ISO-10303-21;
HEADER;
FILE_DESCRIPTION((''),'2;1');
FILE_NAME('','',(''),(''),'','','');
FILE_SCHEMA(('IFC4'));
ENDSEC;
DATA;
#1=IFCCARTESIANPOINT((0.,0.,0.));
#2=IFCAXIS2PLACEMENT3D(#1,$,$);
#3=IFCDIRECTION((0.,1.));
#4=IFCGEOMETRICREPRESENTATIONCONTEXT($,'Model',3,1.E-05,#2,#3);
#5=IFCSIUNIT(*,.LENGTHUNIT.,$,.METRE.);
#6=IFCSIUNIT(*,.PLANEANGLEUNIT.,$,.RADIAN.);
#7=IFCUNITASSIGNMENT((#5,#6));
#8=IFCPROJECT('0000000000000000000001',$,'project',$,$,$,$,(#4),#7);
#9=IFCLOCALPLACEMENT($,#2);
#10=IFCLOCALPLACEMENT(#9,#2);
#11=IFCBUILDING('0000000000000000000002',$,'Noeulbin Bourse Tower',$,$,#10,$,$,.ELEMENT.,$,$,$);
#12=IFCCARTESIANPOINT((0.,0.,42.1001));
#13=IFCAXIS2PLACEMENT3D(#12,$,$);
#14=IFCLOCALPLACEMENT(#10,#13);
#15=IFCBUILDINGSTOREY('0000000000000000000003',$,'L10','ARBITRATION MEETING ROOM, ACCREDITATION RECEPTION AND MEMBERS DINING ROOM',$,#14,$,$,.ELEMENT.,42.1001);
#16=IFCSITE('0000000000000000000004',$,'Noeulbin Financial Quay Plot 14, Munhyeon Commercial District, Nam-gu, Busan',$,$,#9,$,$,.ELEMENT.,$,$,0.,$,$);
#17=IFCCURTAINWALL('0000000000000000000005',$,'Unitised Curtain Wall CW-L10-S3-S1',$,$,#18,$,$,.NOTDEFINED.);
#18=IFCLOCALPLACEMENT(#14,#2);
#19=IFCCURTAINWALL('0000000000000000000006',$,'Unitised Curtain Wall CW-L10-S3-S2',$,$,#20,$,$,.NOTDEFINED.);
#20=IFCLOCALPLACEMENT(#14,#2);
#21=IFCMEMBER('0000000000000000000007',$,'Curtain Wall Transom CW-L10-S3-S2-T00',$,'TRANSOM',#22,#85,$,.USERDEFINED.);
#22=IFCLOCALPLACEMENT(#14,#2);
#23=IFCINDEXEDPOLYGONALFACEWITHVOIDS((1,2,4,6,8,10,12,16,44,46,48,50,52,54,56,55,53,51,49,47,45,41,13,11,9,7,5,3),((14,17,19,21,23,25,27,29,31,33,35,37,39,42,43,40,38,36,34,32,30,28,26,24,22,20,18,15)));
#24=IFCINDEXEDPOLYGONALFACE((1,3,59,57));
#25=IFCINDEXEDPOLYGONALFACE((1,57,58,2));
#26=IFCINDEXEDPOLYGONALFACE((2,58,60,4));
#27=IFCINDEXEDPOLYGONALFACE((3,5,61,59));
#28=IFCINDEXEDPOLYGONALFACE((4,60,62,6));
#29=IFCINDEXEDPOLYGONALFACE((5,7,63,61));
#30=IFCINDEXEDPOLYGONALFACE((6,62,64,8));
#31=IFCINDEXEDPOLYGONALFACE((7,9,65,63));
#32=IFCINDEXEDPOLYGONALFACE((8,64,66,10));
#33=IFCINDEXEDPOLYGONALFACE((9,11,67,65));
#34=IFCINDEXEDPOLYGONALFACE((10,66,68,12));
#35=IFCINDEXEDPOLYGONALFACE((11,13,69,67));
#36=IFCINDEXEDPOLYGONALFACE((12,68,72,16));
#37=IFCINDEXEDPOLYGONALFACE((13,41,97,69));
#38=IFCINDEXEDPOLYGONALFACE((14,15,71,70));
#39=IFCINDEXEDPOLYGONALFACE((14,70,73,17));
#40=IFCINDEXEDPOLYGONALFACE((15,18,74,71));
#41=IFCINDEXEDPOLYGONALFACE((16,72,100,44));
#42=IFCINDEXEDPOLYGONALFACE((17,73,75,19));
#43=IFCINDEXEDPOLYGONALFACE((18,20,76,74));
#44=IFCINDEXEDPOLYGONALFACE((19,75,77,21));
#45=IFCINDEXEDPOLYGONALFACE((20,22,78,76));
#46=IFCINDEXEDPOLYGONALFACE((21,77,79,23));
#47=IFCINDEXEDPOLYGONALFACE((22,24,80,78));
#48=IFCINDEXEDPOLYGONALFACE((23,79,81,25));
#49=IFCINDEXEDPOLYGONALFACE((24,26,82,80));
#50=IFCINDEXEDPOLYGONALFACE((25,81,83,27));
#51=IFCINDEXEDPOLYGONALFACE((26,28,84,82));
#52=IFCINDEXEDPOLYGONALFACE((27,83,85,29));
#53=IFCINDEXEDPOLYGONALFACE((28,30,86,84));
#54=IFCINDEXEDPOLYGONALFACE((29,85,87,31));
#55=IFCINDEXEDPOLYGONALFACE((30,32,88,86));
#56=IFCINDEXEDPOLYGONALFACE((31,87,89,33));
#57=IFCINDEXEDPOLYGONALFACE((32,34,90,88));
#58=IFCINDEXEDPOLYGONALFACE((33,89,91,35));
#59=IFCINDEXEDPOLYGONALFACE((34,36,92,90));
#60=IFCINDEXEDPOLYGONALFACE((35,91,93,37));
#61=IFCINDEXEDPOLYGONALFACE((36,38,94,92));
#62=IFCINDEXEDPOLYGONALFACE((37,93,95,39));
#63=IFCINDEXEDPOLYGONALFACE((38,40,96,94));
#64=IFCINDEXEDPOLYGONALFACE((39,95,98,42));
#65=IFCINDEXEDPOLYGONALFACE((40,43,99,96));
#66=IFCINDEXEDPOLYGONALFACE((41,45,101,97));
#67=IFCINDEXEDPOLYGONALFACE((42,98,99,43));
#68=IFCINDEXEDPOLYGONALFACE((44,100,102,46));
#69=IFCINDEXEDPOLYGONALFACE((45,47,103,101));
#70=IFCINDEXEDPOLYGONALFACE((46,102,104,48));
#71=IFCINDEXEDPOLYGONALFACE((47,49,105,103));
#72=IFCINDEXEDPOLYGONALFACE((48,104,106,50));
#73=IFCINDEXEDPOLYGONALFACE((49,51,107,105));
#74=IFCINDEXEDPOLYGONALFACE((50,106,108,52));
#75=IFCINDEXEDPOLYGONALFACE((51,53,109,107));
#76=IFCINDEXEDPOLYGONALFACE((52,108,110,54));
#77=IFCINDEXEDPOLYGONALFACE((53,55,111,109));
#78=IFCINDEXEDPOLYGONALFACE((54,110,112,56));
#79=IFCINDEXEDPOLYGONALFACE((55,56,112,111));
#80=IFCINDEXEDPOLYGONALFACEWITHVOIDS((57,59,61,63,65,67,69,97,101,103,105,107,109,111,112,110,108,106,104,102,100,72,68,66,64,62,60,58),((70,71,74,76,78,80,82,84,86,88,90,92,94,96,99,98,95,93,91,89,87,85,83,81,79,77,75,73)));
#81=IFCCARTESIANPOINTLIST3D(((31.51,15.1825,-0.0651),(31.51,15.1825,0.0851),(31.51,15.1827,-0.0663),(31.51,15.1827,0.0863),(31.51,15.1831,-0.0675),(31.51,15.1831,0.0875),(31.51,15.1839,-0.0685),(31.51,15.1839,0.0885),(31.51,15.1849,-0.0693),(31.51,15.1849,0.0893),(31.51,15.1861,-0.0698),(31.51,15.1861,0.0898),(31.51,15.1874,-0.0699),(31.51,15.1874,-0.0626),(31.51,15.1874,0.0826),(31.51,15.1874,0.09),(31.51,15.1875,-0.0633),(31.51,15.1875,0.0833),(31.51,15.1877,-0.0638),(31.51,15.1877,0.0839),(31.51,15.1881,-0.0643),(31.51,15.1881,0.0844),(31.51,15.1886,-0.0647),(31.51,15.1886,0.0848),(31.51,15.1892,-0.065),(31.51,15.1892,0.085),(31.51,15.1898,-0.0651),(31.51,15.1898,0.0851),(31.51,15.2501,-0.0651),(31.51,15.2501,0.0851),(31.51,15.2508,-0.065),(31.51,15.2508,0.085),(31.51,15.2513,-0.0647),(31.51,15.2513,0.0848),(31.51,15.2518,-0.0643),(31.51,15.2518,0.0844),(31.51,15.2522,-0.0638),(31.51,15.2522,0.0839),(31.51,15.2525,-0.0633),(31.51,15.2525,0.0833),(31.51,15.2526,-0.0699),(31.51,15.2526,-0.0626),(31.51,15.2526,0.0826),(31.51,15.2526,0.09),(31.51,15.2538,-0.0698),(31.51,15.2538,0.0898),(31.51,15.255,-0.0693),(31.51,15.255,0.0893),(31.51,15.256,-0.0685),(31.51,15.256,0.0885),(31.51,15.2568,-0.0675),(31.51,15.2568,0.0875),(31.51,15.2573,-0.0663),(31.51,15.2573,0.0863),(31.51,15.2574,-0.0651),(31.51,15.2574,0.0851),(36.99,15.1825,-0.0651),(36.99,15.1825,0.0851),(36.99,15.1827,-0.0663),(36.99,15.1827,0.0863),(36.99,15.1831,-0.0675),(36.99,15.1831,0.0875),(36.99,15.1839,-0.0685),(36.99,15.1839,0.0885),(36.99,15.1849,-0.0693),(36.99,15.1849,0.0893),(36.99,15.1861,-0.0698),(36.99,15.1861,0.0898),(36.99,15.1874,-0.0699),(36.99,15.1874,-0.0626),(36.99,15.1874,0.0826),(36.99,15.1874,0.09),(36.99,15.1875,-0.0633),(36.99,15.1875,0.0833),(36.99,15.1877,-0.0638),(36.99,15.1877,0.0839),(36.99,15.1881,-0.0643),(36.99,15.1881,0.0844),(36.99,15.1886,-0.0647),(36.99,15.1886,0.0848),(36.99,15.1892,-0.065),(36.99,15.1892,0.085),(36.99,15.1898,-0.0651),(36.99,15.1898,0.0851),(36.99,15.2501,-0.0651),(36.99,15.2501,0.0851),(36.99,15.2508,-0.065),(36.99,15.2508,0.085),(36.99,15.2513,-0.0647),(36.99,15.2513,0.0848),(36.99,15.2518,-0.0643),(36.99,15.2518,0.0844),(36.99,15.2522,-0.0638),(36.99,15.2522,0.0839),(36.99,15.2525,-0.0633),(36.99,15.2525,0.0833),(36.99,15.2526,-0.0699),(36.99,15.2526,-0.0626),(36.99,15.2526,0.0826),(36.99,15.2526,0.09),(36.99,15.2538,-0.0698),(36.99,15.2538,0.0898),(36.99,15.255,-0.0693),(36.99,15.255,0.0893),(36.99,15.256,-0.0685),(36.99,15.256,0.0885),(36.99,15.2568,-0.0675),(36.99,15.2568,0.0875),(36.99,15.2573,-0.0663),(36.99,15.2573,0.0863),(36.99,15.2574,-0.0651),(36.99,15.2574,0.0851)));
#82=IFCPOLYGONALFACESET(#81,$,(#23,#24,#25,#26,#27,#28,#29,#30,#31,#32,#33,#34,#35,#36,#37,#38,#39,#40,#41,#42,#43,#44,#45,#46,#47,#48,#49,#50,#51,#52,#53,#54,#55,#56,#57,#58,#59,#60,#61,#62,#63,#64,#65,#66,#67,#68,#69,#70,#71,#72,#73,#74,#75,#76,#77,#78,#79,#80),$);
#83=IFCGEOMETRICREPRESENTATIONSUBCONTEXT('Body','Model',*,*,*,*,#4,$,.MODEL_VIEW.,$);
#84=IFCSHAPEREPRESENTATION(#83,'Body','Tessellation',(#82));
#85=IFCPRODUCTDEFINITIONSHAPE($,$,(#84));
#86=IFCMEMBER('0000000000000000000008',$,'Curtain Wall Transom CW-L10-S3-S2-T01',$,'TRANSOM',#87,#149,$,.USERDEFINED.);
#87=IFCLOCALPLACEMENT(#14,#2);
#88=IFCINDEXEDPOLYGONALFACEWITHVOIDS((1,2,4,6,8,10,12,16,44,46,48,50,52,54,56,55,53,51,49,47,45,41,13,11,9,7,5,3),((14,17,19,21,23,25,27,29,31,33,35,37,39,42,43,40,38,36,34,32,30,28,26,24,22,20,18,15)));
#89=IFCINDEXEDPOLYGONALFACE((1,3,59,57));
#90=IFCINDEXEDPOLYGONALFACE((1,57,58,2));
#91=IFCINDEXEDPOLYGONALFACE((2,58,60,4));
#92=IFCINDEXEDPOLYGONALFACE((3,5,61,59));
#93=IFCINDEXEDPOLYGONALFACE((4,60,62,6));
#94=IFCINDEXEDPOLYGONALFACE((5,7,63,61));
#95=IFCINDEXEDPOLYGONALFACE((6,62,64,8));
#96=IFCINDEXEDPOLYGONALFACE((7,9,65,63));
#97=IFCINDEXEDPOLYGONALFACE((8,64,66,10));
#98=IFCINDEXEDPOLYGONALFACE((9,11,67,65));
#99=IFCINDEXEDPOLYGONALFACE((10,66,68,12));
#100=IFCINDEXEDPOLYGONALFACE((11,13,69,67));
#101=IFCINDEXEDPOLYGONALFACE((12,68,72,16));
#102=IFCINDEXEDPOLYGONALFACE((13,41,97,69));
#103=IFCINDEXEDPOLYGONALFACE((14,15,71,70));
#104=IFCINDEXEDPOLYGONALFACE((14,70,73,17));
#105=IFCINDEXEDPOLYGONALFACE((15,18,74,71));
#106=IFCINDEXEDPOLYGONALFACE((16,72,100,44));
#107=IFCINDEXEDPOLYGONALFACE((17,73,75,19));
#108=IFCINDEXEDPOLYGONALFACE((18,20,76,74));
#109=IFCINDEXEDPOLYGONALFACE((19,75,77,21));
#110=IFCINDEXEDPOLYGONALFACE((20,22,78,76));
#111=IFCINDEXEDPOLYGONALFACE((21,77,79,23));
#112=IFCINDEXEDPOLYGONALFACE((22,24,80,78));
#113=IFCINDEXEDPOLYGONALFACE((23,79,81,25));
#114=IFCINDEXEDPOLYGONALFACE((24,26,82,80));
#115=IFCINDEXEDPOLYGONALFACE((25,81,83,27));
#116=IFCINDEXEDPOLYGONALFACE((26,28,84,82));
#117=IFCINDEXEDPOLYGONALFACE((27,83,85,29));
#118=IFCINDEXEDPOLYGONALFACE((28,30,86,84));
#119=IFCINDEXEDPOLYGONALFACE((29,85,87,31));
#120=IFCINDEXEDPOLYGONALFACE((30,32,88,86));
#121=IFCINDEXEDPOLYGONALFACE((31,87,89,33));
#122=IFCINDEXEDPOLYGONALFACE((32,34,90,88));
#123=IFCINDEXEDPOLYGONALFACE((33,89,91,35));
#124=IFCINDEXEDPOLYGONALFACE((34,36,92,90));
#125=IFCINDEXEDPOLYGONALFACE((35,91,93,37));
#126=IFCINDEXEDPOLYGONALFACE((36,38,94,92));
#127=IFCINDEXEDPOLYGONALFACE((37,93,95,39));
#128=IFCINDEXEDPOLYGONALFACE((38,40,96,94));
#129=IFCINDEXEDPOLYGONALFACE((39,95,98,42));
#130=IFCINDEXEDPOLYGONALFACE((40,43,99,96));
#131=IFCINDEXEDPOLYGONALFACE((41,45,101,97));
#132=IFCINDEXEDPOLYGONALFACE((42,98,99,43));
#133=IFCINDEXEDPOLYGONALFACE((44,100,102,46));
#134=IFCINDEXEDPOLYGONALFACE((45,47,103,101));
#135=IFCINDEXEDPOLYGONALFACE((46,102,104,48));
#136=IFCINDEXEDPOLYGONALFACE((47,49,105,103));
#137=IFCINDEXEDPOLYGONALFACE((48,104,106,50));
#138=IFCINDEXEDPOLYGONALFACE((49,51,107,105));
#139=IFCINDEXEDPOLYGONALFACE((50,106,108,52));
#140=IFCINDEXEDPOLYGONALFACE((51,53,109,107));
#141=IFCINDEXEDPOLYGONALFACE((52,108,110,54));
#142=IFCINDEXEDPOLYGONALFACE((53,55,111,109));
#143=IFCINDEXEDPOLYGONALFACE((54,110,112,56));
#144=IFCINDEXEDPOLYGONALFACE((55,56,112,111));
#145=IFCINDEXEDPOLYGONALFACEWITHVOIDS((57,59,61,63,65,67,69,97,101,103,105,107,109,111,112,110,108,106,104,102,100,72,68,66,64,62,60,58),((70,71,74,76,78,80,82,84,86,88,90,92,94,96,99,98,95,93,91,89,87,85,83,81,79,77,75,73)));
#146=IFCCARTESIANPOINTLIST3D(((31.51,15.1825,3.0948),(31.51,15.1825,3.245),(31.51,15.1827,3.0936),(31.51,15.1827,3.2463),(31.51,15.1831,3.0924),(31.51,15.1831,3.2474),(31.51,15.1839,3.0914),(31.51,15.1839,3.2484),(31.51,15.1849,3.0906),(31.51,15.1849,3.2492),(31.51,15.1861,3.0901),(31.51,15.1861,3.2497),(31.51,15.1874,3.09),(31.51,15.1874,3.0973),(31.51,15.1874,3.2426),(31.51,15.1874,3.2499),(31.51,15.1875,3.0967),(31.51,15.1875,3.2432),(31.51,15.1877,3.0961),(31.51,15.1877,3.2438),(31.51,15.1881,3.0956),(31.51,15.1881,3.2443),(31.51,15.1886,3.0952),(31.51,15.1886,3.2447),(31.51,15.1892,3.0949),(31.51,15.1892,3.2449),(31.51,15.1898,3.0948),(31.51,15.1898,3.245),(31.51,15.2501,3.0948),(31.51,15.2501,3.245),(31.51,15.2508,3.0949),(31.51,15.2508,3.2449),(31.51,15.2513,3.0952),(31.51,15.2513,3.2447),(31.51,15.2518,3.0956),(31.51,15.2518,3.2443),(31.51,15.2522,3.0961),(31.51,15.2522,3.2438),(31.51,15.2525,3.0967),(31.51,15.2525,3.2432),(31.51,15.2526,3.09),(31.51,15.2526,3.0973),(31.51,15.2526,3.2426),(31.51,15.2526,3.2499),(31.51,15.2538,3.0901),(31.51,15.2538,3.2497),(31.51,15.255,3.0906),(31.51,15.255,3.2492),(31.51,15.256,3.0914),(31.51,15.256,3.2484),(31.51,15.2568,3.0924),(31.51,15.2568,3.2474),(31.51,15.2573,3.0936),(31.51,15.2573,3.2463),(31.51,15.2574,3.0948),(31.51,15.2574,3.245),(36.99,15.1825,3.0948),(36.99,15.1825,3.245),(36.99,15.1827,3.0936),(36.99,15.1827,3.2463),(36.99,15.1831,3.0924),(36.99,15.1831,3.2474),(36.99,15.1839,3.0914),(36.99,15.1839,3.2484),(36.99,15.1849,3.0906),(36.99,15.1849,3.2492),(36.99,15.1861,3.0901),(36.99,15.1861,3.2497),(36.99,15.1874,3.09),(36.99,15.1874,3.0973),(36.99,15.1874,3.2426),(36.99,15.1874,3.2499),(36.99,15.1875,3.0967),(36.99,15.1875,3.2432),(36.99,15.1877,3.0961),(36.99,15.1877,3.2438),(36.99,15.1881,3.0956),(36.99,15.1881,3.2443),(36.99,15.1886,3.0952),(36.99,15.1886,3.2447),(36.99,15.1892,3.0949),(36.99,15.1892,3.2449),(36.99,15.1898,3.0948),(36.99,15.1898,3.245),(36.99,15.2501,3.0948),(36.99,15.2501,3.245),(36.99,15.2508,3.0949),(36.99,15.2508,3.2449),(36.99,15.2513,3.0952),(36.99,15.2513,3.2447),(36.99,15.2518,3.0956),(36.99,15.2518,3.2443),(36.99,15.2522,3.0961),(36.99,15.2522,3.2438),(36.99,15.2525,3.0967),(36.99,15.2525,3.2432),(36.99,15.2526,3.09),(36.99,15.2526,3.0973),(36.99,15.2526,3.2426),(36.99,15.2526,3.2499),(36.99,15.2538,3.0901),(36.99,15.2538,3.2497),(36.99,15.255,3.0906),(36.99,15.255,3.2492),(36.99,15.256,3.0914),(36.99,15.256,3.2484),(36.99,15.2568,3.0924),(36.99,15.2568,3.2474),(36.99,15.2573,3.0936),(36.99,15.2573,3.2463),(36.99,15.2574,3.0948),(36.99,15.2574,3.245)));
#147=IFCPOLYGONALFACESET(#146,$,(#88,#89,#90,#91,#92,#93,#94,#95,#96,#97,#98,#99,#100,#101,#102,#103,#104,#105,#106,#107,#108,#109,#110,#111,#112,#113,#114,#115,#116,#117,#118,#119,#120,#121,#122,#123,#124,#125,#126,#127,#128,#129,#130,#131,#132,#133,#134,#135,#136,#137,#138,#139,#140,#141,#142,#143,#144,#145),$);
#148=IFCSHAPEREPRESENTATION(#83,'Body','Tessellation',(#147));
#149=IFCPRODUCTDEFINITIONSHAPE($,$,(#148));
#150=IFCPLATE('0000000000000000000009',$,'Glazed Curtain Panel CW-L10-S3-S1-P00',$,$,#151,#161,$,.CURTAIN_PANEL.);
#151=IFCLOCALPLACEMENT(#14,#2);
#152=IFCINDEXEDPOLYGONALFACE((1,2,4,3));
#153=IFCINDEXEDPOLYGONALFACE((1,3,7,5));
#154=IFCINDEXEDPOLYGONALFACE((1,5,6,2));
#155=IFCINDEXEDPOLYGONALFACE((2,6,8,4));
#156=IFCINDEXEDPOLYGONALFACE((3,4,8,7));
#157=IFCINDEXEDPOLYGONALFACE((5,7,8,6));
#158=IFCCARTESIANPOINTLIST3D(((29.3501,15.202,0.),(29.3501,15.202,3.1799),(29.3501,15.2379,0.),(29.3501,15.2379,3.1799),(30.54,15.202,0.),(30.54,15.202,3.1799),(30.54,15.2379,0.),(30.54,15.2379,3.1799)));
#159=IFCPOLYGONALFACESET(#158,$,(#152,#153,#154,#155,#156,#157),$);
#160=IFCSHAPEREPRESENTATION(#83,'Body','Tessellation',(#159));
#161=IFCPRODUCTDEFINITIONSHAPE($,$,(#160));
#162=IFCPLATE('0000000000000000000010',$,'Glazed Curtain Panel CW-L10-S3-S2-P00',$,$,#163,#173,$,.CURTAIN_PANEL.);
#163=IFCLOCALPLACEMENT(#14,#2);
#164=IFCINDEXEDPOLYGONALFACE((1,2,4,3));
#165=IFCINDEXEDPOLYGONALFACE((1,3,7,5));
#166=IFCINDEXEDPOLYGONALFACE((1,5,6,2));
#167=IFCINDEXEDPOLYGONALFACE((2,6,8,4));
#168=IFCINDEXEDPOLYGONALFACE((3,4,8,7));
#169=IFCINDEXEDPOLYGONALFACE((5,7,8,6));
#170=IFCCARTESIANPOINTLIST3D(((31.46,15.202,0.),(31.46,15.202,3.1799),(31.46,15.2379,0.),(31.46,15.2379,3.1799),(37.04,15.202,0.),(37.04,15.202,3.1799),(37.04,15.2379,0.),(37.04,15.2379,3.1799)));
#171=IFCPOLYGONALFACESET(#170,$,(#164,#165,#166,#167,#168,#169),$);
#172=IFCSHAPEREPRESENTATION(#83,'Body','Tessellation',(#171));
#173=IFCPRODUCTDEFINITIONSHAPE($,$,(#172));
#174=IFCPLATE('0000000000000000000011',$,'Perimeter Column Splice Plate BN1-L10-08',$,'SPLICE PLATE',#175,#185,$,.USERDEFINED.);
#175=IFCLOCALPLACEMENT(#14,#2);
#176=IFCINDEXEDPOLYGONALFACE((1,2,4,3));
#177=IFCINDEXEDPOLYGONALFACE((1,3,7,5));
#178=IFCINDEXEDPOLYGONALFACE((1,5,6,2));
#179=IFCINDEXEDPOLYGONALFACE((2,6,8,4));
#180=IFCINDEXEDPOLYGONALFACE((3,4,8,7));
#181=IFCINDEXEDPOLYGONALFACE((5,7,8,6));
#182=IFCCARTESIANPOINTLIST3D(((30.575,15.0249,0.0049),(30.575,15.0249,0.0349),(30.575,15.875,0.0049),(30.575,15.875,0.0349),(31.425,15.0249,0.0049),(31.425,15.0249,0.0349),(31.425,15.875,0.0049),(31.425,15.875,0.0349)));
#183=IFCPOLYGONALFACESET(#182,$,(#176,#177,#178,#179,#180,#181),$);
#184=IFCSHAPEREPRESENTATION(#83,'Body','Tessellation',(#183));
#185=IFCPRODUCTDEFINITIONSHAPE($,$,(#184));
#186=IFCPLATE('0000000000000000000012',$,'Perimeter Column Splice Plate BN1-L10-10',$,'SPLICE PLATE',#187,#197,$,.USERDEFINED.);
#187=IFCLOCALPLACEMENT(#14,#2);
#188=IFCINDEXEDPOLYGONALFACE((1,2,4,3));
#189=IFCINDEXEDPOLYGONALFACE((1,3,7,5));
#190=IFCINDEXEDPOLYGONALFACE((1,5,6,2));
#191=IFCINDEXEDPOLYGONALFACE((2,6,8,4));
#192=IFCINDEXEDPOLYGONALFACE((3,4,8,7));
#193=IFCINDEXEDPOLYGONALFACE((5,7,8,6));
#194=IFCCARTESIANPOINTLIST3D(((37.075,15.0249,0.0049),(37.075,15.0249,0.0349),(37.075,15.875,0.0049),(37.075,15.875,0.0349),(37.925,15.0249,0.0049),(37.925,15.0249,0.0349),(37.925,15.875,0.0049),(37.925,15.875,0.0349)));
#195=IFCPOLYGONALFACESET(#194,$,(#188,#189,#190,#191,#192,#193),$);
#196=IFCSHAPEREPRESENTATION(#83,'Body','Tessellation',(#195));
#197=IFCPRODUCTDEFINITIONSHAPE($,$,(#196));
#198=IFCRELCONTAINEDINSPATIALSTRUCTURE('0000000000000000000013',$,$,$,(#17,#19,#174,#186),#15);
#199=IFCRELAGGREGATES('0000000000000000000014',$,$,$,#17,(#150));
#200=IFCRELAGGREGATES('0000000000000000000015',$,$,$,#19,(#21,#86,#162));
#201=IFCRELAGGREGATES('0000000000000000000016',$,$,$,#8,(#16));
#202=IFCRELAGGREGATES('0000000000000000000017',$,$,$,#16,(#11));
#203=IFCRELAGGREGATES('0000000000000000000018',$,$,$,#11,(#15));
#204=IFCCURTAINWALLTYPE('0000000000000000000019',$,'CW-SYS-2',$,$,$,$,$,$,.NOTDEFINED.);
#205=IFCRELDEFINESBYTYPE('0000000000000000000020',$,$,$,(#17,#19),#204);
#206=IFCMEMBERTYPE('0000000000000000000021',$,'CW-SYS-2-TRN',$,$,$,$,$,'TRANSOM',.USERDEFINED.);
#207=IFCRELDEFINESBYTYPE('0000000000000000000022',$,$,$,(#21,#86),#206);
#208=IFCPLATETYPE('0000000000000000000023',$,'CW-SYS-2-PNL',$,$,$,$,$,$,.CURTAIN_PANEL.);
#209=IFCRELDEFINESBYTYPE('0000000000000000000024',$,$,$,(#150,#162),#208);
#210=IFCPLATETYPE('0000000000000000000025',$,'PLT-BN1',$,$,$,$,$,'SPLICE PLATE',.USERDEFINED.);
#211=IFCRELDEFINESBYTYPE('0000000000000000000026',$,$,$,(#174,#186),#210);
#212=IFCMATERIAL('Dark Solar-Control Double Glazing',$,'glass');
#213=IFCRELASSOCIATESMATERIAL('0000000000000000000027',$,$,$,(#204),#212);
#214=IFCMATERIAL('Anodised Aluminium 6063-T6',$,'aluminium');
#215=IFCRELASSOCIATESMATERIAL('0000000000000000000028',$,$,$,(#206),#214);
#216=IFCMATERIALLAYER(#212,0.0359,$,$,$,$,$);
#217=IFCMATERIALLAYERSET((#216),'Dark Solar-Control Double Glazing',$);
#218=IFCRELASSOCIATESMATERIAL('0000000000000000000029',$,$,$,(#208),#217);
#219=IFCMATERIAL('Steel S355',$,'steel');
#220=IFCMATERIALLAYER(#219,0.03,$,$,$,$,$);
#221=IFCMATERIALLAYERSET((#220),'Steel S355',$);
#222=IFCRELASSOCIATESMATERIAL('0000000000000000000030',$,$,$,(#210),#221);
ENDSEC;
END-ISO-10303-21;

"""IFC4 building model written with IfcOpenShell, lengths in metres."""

from ifc_helpers import new_model, si_unit, direction, frame, origin, origin_2d, place, context, subcontext, project, spatial, rectangle, hollow_rectangle, extrude, material, layer, layer_set, material_profile, profile_set, type_object, element, aggregate, save


model = new_model("IFC4")

# Units and contexts
model_context = context("Model", 3, precision=1e-05, world=origin(), true_north=direction((0.0, 1.0)))
body_context = subcontext(model_context, "Body", "Model", "MODEL_VIEW")
ifc_project = project(units=[si_unit("LENGTHUNIT", "METRE"), si_unit("PLANEANGLEUNIT", "RADIAN")], contexts=[model_context])

# Site, building, storey
site_placement = place(None, origin())
site = spatial("IfcSite", under=ifc_project, at=site_placement, Name="Noeulbin Financial Quay Plot 14, Munhyeon Commercial District, Nam-gu, Busan", CompositionType="ELEMENT", RefElevation=0.0)
building_placement = place(site_placement, origin())
building = spatial("IfcBuilding", under=site, at=building_placement, Name="Noeulbin Bourse Tower", CompositionType="ELEMENT")
storey_placement = place(building_placement, frame((0.0, 0.0, 42.1001)))
storey = spatial("IfcBuildingStorey", under=building, at=storey_placement, Name="L10", Description="ARBITRATION MEETING ROOM, ACCREDITATION RECEPTION AND MEMBERS DINING ROOM", CompositionType="ELEMENT", Elevation=42.1001)

# Shared definitions
ifc_material_1 = material(Name="Steel S355", Category="steel")

# Curtain walls
ifc_material_2 = material(Name="Dark Solar-Control Double Glazing", Category="glass")
curtain_wall_type = type_object("IfcCurtainWallType", Name="CW-SYS-2", PredefinedType="NOTDEFINED", material=ifc_material_2)
curtain_wall_1_placement = place(storey_placement, origin())
curtain_wall_1 = element("IfcCurtainWall", 1, at=curtain_wall_1_placement, inside=storey, type_object=curtain_wall_type, Name="Unitised Curtain Wall CW-L10-S3-S1", PredefinedType="NOTDEFINED")
ifc_material_3 = material(Name="Anodised Aluminium 6063-T6", Category="aluminium")
curtain_wall_2_placement = place(storey_placement, origin())
curtain_wall_2 = element("IfcCurtainWall", 2, at=curtain_wall_2_placement, inside=storey, type_object=curtain_wall_type, Name="Unitised Curtain Wall CW-L10-S3-S2", PredefinedType="NOTDEFINED")

# Members
ifc_material_profile_1 = material_profile(ifc_material_3, hollow_rectangle(XDim=0.075, YDim=0.1599, WallThickness=0.0049, InnerFilletRadius=0.0024, OuterFilletRadius=0.0049, at=origin_2d()), Name="ALU-TRAN-75x160x5", Category="LoadBearing")
ifc_profile_set_1 = profile_set([ifc_material_profile_1], Name="Anodised Aluminium 6063-T6")
member_type_1 = type_object("IfcMemberType", Name="CW-SYS-2-TRN", ElementType="TRANSOM", PredefinedType="USERDEFINED", material=ifc_profile_set_1)
member_1_placement = place(storey_placement, frame((31.51, 15.22, 0.01), z_axis=(1.0, 0.0, 0.0), x_axis=(0.0, 1.0, 0.0)))
member_1 = element("IfcMember", 3, at=member_1_placement, type_object=member_type_1, Name="Curtain Wall Transom CW-L10-S3-S2-T00", ObjectType="TRANSOM", PredefinedType="USERDEFINED", context=body_context, shape_type="SweptSolid", body=[
    extrude(hollow_rectangle(XDim=0.075, YDim=0.1599, WallThickness=0.0049, InnerFilletRadius=0.0024, OuterFilletRadius=0.0049, at=origin_2d()), origin(), (0.0, 0.0, 1.0), 5.48),
])
member_2_placement = place(storey_placement, frame((31.51, 15.22, 3.1699), z_axis=(1.0, 0.0, 0.0), x_axis=(0.0, 1.0, 0.0)))
member_2 = element("IfcMember", 4, at=member_2_placement, type_object=member_type_1, Name="Curtain Wall Transom CW-L10-S3-S2-T01", ObjectType="TRANSOM", PredefinedType="USERDEFINED", context=body_context, shape_type="SweptSolid", body=[
    extrude(hollow_rectangle(XDim=0.075, YDim=0.1599, WallThickness=0.0049, InnerFilletRadius=0.0024, OuterFilletRadius=0.0049, at=origin_2d()), origin(), (0.0, 0.0, 1.0), 5.48),
])

# Plates
ifc_layer_1 = layer(ifc_material_2, 0.0359)
ifc_layer_set_1 = layer_set([ifc_layer_1], Name="Dark Solar-Control Double Glazing")
plate_type_1 = type_object("IfcPlateType", Name="CW-SYS-2-PNL", PredefinedType="CURTAIN_PANEL", material=ifc_layer_set_1)
plate_1_placement = place(storey_placement, frame((29.9451, 15.22, 0.0), z_axis=(0.0, 0.0, 1.0), x_axis=(1.0, 0.0, 0.0)))
plate_1 = element("IfcPlate", 5, at=plate_1_placement, type_object=plate_type_1, Name="Glazed Curtain Panel CW-L10-S3-S1-P00", PredefinedType="CURTAIN_PANEL", context=body_context, shape_type="SweptSolid", body=[
    extrude(rectangle(XDim=1.1899, YDim=0.0359, at=origin_2d()), origin(), (0.0, 0.0, 1.0), 3.1799),
])
aggregate(curtain_wall_1, [plate_1])
plate_2_placement = place(storey_placement, frame((34.25, 15.22, 0.0), z_axis=(0.0, 0.0, 1.0), x_axis=(1.0, 0.0, 0.0)))
plate_2 = element("IfcPlate", 6, at=plate_2_placement, type_object=plate_type_1, Name="Glazed Curtain Panel CW-L10-S3-S2-P00", PredefinedType="CURTAIN_PANEL", context=body_context, shape_type="SweptSolid", body=[
    extrude(rectangle(XDim=5.5801, YDim=0.0359, at=origin_2d()), origin(), (0.0, 0.0, 1.0), 3.1799),
])
aggregate(curtain_wall_2, [member_1, member_2, plate_2])

# Plates
ifc_layer_2 = layer(ifc_material_1, 0.03)
ifc_layer_set_2 = layer_set([ifc_layer_2], Name="Steel S355")
plate_type_2 = type_object("IfcPlateType", Name="PLT-BN1", ElementType="SPLICE PLATE", PredefinedType="USERDEFINED", material=ifc_layer_set_2)
for number, where, z_axis, x_axis, name in (
    (7, (31.0, 15.45, 0.0049), (0.0, 0.0, 1.0), (1.0, 0.0, 0.0), "Perimeter Column Splice Plate BN1-L10-08"),
    (8, (37.5, 15.45, 0.0049), (0.0, 0.0, 1.0), (1.0, 0.0, 0.0), "Perimeter Column Splice Plate BN1-L10-10"),
):
    element("IfcPlate", number, at=place(storey_placement, frame(where, z_axis=z_axis, x_axis=x_axis)), inside=storey, type_object=plate_type_2, Name=name, ObjectType="SPLICE PLATE", PredefinedType="USERDEFINED", context=body_context, shape_type="SweptSolid", body=[
        extrude(rectangle(XDim=0.8501, YDim=0.8501, at=origin_2d()), origin(), (0.0, 0.0, 1.0), 0.03),
    ])

save(model, "model.ifc")
